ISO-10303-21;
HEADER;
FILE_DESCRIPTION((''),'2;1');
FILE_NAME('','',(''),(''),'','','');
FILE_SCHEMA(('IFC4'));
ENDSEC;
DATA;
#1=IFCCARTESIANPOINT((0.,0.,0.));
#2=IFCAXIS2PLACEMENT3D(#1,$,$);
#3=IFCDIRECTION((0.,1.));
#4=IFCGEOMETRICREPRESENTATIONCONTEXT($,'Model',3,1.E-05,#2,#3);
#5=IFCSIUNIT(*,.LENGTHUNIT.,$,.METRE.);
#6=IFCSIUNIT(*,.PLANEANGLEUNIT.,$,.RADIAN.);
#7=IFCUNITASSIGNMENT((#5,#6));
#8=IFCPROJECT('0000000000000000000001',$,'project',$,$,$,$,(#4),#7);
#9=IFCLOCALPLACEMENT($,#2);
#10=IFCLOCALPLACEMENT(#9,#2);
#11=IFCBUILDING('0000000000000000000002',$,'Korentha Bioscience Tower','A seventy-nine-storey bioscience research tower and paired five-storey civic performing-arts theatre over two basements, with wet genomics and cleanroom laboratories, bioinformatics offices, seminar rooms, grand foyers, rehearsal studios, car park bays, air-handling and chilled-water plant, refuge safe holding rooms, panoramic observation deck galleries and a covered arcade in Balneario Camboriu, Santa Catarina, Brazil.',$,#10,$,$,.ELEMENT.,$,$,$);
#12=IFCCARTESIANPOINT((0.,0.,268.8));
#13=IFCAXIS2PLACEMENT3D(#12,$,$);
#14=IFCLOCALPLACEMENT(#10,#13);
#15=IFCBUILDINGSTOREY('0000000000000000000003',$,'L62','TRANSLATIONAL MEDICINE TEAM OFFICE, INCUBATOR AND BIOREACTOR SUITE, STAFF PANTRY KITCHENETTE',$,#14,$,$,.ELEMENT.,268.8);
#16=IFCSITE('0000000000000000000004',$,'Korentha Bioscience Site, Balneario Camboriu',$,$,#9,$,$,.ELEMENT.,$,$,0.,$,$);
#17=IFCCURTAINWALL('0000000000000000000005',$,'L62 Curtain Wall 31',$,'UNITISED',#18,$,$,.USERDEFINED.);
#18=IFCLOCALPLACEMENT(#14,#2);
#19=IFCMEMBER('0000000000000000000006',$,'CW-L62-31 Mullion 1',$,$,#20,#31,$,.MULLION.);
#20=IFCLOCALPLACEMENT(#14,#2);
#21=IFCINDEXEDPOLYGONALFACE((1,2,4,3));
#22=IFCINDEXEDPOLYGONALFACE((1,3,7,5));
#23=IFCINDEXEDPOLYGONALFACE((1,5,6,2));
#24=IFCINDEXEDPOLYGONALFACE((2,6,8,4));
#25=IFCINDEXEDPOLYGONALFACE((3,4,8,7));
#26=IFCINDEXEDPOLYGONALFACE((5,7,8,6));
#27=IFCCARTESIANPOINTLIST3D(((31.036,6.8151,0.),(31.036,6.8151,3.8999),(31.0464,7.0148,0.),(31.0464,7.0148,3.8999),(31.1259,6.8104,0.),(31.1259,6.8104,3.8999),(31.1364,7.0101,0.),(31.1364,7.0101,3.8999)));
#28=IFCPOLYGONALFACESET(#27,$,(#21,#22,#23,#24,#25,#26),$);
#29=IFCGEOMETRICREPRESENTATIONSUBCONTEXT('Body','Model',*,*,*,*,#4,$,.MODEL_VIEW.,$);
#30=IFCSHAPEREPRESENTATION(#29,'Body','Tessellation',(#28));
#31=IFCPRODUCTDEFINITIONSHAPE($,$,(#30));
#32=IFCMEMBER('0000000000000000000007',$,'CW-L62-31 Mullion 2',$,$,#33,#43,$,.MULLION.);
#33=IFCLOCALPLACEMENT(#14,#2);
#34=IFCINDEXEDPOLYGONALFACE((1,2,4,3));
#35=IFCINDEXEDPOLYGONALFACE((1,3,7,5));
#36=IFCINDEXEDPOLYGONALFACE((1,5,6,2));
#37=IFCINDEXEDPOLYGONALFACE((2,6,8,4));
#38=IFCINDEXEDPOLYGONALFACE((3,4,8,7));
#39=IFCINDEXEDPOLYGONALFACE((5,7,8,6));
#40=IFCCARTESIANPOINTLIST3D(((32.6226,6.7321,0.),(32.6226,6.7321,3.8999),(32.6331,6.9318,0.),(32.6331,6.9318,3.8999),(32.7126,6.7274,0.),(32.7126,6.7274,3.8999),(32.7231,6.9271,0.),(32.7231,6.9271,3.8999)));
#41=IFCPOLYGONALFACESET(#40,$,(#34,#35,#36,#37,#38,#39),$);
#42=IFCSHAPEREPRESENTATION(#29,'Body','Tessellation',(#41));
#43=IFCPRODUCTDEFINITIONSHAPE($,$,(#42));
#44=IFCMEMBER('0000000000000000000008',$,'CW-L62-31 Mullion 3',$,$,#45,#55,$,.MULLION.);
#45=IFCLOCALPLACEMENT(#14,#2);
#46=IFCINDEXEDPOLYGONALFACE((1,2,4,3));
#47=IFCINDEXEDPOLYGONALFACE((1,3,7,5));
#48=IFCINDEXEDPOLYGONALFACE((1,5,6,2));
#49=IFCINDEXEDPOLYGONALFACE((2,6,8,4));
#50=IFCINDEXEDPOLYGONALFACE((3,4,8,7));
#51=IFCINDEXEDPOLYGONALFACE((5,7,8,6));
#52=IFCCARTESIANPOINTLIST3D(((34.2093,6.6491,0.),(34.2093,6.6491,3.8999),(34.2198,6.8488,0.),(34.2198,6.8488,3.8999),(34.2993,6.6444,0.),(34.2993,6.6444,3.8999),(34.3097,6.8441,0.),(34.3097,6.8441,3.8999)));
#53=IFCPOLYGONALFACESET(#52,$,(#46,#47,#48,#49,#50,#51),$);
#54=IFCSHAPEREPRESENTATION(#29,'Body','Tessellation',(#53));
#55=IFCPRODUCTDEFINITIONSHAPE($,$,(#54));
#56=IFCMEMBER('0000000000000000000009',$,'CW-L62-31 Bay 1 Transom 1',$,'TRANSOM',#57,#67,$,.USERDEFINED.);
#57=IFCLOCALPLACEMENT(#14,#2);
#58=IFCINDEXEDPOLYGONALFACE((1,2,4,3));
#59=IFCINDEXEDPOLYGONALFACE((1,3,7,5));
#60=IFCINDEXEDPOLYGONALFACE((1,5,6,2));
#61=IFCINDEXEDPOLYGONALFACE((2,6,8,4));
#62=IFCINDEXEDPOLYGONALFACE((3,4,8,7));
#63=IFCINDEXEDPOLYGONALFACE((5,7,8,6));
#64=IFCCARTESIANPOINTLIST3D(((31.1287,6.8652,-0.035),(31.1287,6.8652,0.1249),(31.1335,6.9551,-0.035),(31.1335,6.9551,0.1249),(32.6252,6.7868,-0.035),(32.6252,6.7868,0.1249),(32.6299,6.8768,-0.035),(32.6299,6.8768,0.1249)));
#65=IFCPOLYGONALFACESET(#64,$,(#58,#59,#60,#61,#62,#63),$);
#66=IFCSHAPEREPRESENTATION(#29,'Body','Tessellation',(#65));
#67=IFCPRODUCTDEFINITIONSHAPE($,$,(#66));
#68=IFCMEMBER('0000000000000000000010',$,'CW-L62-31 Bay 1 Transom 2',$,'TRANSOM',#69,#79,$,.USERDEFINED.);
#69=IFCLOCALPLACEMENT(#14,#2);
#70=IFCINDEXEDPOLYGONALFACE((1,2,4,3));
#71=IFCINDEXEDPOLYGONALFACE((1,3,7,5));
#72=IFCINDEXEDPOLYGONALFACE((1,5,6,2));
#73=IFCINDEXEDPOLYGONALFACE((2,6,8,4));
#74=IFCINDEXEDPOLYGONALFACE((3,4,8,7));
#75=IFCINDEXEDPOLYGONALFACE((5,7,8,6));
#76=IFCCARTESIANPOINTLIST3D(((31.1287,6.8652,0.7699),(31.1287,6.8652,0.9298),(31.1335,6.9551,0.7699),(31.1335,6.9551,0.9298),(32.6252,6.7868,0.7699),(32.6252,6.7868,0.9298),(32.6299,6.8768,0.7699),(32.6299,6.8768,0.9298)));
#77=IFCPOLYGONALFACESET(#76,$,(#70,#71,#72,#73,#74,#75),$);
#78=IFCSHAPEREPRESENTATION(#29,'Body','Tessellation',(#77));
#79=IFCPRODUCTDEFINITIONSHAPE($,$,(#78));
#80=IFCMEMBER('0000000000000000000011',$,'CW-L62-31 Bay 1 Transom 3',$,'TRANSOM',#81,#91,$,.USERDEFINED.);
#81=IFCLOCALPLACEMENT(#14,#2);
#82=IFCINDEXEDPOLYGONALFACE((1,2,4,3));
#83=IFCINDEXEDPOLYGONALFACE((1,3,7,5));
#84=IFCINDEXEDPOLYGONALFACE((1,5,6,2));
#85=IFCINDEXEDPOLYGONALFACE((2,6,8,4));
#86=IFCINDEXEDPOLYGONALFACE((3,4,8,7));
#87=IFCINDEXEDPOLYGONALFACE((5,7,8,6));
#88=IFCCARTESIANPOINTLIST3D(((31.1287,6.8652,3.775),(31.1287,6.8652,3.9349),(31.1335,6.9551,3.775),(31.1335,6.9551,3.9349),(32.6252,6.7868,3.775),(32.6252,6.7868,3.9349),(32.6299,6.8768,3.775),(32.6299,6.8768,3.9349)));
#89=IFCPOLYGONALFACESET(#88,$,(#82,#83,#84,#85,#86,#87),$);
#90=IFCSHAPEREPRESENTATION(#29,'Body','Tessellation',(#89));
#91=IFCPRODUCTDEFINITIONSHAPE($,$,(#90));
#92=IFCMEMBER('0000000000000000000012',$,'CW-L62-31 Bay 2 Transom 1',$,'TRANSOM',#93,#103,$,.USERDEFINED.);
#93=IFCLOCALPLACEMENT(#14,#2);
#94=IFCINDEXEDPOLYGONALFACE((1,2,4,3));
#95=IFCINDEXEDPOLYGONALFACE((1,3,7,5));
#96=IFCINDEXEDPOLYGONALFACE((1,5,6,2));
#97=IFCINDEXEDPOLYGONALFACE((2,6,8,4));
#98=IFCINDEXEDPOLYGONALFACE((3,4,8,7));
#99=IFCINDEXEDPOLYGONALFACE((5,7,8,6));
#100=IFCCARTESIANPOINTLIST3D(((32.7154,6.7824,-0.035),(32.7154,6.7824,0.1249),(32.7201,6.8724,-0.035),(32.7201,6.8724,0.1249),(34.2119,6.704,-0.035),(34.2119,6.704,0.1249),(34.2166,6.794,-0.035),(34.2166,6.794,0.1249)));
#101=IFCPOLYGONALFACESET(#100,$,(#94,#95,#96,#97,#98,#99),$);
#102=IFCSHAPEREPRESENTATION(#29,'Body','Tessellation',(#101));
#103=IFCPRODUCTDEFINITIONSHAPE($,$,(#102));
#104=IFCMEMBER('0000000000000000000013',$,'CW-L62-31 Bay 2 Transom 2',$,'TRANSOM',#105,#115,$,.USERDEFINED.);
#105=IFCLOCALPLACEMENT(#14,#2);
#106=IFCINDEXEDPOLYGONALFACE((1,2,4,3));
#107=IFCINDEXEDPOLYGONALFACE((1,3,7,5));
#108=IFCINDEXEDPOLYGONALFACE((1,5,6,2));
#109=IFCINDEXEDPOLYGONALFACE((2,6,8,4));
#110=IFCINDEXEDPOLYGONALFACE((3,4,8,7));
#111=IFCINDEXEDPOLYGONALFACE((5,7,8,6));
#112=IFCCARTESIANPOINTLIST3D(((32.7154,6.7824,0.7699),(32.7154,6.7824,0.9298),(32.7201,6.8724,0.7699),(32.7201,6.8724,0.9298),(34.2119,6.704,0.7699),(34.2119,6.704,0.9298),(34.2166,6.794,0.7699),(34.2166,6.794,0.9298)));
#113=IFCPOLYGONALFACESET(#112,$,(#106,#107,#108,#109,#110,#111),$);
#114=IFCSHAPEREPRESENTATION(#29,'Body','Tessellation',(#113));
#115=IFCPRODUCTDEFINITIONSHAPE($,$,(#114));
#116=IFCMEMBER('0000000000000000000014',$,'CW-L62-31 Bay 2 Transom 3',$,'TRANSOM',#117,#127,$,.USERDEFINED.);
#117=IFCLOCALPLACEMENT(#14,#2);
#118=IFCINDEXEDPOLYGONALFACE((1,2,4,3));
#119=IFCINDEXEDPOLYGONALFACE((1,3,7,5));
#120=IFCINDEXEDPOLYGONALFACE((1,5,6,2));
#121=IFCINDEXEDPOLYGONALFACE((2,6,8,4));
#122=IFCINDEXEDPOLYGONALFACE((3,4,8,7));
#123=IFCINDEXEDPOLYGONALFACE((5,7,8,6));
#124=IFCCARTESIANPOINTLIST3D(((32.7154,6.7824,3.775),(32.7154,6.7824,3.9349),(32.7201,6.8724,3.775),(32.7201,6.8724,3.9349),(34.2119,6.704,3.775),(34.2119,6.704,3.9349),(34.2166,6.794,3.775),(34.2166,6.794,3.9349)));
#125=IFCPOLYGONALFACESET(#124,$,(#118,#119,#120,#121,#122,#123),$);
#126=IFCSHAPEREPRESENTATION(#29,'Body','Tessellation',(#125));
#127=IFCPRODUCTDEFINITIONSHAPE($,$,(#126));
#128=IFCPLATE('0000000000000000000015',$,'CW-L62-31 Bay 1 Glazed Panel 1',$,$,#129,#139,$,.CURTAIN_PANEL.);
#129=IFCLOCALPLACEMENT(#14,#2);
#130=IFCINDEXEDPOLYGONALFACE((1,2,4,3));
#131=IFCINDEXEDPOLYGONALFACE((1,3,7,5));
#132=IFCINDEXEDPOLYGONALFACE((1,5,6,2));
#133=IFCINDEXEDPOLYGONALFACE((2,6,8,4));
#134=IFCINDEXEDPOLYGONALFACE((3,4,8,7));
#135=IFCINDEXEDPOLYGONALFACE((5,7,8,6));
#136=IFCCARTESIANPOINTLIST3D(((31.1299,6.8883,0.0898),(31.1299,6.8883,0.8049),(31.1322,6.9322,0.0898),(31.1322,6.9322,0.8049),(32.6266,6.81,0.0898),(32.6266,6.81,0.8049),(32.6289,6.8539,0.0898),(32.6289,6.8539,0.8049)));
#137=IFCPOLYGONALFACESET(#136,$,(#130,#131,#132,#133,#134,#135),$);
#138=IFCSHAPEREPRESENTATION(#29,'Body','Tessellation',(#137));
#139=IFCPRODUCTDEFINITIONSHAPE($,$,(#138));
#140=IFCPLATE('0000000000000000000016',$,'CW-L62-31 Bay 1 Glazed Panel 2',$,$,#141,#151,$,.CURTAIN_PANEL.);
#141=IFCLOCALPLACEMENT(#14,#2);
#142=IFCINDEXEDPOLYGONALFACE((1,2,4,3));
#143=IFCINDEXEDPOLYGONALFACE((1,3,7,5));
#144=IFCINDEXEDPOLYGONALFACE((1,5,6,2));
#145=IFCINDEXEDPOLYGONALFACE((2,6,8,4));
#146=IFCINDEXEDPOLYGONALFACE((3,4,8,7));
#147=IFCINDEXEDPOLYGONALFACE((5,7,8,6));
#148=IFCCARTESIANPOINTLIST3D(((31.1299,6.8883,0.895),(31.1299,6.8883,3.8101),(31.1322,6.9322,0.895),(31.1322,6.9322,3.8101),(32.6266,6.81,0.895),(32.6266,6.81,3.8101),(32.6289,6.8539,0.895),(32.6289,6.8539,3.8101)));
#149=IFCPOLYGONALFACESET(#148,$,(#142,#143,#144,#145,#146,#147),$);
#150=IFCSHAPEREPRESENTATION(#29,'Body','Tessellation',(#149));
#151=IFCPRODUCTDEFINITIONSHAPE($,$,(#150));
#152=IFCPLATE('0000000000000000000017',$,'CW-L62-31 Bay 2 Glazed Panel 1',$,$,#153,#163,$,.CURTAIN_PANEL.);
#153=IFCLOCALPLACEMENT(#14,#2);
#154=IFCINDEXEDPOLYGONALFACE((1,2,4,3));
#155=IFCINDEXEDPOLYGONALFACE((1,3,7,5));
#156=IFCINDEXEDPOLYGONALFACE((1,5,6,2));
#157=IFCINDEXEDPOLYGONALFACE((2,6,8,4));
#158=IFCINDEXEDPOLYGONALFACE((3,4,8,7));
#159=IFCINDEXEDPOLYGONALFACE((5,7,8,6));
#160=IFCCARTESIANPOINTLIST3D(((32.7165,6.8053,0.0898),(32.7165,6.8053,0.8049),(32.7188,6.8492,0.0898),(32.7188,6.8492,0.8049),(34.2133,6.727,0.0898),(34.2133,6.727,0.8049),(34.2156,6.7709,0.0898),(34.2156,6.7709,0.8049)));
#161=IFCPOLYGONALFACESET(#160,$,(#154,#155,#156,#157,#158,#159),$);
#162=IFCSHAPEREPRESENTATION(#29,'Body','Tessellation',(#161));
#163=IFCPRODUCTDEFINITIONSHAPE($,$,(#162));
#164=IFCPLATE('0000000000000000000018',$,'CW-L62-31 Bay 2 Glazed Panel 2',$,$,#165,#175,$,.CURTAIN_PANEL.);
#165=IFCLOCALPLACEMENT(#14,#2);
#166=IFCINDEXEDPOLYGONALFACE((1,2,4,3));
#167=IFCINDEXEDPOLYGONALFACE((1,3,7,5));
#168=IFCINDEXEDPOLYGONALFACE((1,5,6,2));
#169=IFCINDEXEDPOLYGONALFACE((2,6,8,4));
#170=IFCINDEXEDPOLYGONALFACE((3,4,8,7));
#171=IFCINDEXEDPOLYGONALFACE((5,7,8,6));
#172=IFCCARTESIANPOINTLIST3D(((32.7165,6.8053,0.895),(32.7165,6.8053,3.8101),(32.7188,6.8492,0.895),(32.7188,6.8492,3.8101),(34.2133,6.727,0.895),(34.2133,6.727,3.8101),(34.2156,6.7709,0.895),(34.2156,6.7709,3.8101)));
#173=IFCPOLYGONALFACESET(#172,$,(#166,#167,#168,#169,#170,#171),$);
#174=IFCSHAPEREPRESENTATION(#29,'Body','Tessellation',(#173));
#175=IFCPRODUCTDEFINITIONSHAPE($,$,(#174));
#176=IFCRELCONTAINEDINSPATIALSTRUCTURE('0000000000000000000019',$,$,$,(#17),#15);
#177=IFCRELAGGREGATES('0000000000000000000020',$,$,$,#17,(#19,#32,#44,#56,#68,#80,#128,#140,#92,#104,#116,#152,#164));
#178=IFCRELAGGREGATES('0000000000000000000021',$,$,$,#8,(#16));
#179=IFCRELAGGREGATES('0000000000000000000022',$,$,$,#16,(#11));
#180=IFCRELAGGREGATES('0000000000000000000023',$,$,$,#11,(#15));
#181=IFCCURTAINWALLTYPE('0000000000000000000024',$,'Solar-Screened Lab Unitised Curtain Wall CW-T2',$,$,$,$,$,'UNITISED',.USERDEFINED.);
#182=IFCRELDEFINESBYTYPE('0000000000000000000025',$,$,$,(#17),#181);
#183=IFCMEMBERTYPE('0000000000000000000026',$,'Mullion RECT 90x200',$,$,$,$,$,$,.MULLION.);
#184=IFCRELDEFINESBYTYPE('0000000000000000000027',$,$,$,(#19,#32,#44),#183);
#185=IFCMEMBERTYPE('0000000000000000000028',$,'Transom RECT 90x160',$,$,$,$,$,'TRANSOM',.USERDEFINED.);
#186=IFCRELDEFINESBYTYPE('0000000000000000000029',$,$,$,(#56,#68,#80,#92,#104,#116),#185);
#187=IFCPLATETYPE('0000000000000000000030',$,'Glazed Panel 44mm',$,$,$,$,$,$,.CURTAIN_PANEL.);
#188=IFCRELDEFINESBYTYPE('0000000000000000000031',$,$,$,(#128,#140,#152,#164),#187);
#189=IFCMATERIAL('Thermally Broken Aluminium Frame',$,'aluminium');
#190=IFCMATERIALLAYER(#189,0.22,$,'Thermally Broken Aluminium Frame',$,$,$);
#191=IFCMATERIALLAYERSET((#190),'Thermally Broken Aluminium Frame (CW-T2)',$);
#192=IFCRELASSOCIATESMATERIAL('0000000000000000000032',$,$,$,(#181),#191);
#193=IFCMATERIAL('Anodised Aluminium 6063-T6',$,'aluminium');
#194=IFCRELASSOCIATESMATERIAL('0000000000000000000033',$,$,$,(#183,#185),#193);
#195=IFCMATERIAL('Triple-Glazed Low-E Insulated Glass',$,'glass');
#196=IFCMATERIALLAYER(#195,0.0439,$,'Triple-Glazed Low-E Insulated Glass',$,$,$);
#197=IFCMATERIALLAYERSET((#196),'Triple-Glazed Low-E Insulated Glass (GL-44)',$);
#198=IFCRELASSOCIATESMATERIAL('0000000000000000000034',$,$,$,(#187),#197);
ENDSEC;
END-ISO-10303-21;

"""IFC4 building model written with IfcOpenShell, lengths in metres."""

from ifc_helpers import new_model, si_unit, direction, frame, origin, origin_2d, place, context, subcontext, project, spatial, rectangle, extrude, material, layer, layer_set, material_profile, profile_set, type_object, element, aggregate, save


model = new_model("IFC4")

# Units and contexts
model_context = context("Model", 3, precision=1e-05, world=origin(), true_north=direction((0.0, 1.0)))
body_context = subcontext(model_context, "Body", "Model", "MODEL_VIEW")
ifc_project = project(units=[si_unit("LENGTHUNIT", "METRE"), si_unit("PLANEANGLEUNIT", "RADIAN")], contexts=[model_context])

# Site, building, storey
site_placement = place(None, origin())
site = spatial("IfcSite", under=ifc_project, at=site_placement, Name="Korentha Bioscience Site, Balneario Camboriu", CompositionType="ELEMENT", RefElevation=0.0)
building_placement = place(site_placement, origin())
building = spatial("IfcBuilding", under=site, at=building_placement, Name="Korentha Bioscience Tower", Description="A seventy-nine-storey bioscience research tower and paired five-storey civic performing-arts theatre over two basements, with wet genomics and cleanroom laboratories, bioinformatics offices, seminar rooms, grand foyers, rehearsal studios, car park bays, air-handling and chilled-water plant, refuge safe holding rooms, panoramic observation deck galleries and a covered arcade in Balneario Camboriu, Santa Catarina, Brazil.", CompositionType="ELEMENT")
storey_placement = place(building_placement, frame((0.0, 0.0, 268.8)))
storey = spatial("IfcBuildingStorey", under=building, at=storey_placement, Name="L62", Description="TRANSLATIONAL MEDICINE TEAM OFFICE, INCUBATOR AND BIOREACTOR SUITE, STAFF PANTRY KITCHENETTE", CompositionType="ELEMENT", Elevation=268.8)

# Curtain wall, members, plates
ifc_material_1 = material(Name="Thermally Broken Aluminium Frame", Category="aluminium")
ifc_layer_1 = layer(ifc_material_1, 0.22, Name="Thermally Broken Aluminium Frame")
ifc_layer_set_1 = layer_set([ifc_layer_1], Name="Thermally Broken Aluminium Frame (CW-T2)")
curtain_wall_type = type_object("IfcCurtainWallType", Name="Solar-Screened Lab Unitised Curtain Wall CW-T2", ElementType="UNITISED", PredefinedType="USERDEFINED", material=ifc_layer_set_1)
curtain_wall_placement = place(storey_placement, origin())
curtain_wall = element("IfcCurtainWall", 1, at=curtain_wall_placement, inside=storey, type_object=curtain_wall_type, Name="L62 Curtain Wall 31", ObjectType="UNITISED", PredefinedType="USERDEFINED")
ifc_material_2 = material(Name="Anodised Aluminium 6063-T6", Category="aluminium")
ifc_material_profile_1 = material_profile(ifc_material_2, rectangle(XDim=0.0901, YDim=0.2, at=origin_2d()), Name="Anodised Aluminium 6063-T6")
ifc_profile_set_1 = profile_set([ifc_material_profile_1], Name="Anodised Aluminium 6063-T6 (CW-MUL)")
member_type_1 = type_object("IfcMemberType", Name="Mullion RECT 90x200", PredefinedType="MULLION", material=ifc_profile_set_1)
member_1_placement = place(storey_placement, frame((31.0862, 6.9126, 0.0), z_axis=(0.0, 0.0, 1.0), x_axis=(0.998636, -0.05221, 0.0)))
member_1 = element("IfcMember", 2, at=member_1_placement, type_object=member_type_1, Name="CW-L62-31 Mullion 1", PredefinedType="MULLION", context=body_context, shape_type="SweptSolid", body=[
    extrude(rectangle(XDim=0.0901, YDim=0.2, at=origin_2d()), origin(), (0.0, 0.0, 1.0), 3.8999),
])
member_2_placement = place(storey_placement, frame((32.6729, 6.8296, 0.0), z_axis=(0.0, 0.0, 1.0), x_axis=(0.998636, -0.05221, 0.0)))
member_2 = element("IfcMember", 3, at=member_2_placement, type_object=member_type_1, Name="CW-L62-31 Mullion 2", PredefinedType="MULLION", context=body_context, shape_type="SweptSolid", body=[
    extrude(rectangle(XDim=0.0901, YDim=0.2, at=origin_2d()), origin(), (0.0, 0.0, 1.0), 3.8999),
])
member_3_placement = place(storey_placement, frame((34.2595, 6.7466, 0.0), z_axis=(0.0, 0.0, 1.0), x_axis=(0.998636, -0.05221, 0.0)))
member_3 = element("IfcMember", 4, at=member_3_placement, type_object=member_type_1, Name="CW-L62-31 Mullion 3", PredefinedType="MULLION", context=body_context, shape_type="SweptSolid", body=[
    extrude(rectangle(XDim=0.0901, YDim=0.2, at=origin_2d()), origin(), (0.0, 0.0, 1.0), 3.8999),
])
ifc_material_profile_2 = material_profile(ifc_material_2, rectangle(XDim=0.0901, YDim=0.1599, at=origin_2d()), Name="Anodised Aluminium 6063-T6")
ifc_profile_set_2 = profile_set([ifc_material_profile_2], Name="Anodised Aluminium 6063-T6 (CW-TRN)")
member_type_2 = type_object("IfcMemberType", Name="Transom RECT 90x160", ElementType="TRANSOM", PredefinedType="USERDEFINED", material=ifc_profile_set_2)
member_4_placement = place(storey_placement, frame((31.1311, 6.9102, 0.0449), z_axis=(0.998632, -0.052294, 0.0), x_axis=(0.052294, 0.998632, 0.0)))
member_4 = element("IfcMember", 5, at=member_4_placement, type_object=member_type_2, Name="CW-L62-31 Bay 1 Transom 1", ObjectType="TRANSOM", PredefinedType="USERDEFINED", context=body_context, shape_type="SweptSolid", body=[
    extrude(rectangle(XDim=0.0901, YDim=0.1599, at=origin_2d()), origin(), (0.0, 0.0, 1.0), 1.4985),
])
member_5_placement = place(storey_placement, frame((31.1311, 6.9102, 0.8499), z_axis=(0.998632, -0.052294, 0.0), x_axis=(0.052294, 0.998632, 0.0)))
member_5 = element("IfcMember", 6, at=member_5_placement, type_object=member_type_2, Name="CW-L62-31 Bay 1 Transom 2", ObjectType="TRANSOM", PredefinedType="USERDEFINED", context=body_context, shape_type="SweptSolid", body=[
    extrude(rectangle(XDim=0.0901, YDim=0.1599, at=origin_2d()), origin(), (0.0, 0.0, 1.0), 1.4985),
])
member_6_placement = place(storey_placement, frame((31.1311, 6.9102, 3.855), z_axis=(0.998632, -0.052294, 0.0), x_axis=(0.052294, 0.998632, 0.0)))
member_6 = element("IfcMember", 7, at=member_6_placement, type_object=member_type_2, Name="CW-L62-31 Bay 1 Transom 3", ObjectType="TRANSOM", PredefinedType="USERDEFINED", context=body_context, shape_type="SweptSolid", body=[
    extrude(rectangle(XDim=0.0901, YDim=0.1599, at=origin_2d()), origin(), (0.0, 0.0, 1.0), 1.4985),
])
member_7_placement = place(storey_placement, frame((32.7178, 6.8274, 0.0449), z_axis=(0.998632, -0.052294, 0.0), x_axis=(0.052294, 0.998632, 0.0)))
member_7 = element("IfcMember", 8, at=member_7_placement, type_object=member_type_2, Name="CW-L62-31 Bay 2 Transom 1", ObjectType="TRANSOM", PredefinedType="USERDEFINED", context=body_context, shape_type="SweptSolid", body=[
    extrude(rectangle(XDim=0.0901, YDim=0.1599, at=origin_2d()), origin(), (0.0, 0.0, 1.0), 1.4985),
])
member_8_placement = place(storey_placement, frame((32.7178, 6.8274, 0.8499), z_axis=(0.998632, -0.052294, 0.0), x_axis=(0.052294, 0.998632, 0.0)))
member_8 = element("IfcMember", 9, at=member_8_placement, type_object=member_type_2, Name="CW-L62-31 Bay 2 Transom 2", ObjectType="TRANSOM", PredefinedType="USERDEFINED", context=body_context, shape_type="SweptSolid", body=[
    extrude(rectangle(XDim=0.0901, YDim=0.1599, at=origin_2d()), origin(), (0.0, 0.0, 1.0), 1.4985),
])
member_9_placement = place(storey_placement, frame((32.7178, 6.8274, 3.855), z_axis=(0.998632, -0.052294, 0.0), x_axis=(0.052294, 0.998632, 0.0)))
member_9 = element("IfcMember", 10, at=member_9_placement, type_object=member_type_2, Name="CW-L62-31 Bay 2 Transom 3", ObjectType="TRANSOM", PredefinedType="USERDEFINED", context=body_context, shape_type="SweptSolid", body=[
    extrude(rectangle(XDim=0.0901, YDim=0.1599, at=origin_2d()), origin(), (0.0, 0.0, 1.0), 1.4985),
])
ifc_material_3 = material(Name="Triple-Glazed Low-E Insulated Glass", Category="glass")
ifc_layer_2 = layer(ifc_material_3, 0.0439, Name="Triple-Glazed Low-E Insulated Glass")
ifc_layer_set_2 = layer_set([ifc_layer_2], Name="Triple-Glazed Low-E Insulated Glass (GL-44)")
plate_type = type_object("IfcPlateType", Name="Glazed Panel 44mm", PredefinedType="CURTAIN_PANEL", material=ifc_layer_set_2)
plate_1_placement = place(storey_placement, frame((31.8794, 6.8711, 0.0898), z_axis=(0.0, 0.0, 1.0), x_axis=(0.998636, -0.05221, 0.0)))
plate_1 = element("IfcPlate", 11, at=plate_1_placement, type_object=plate_type, Name="CW-L62-31 Bay 1 Glazed Panel 1", PredefinedType="CURTAIN_PANEL", context=body_context, shape_type="SweptSolid", body=[
    extrude(rectangle(XDim=1.4988, YDim=0.0439, at=origin_2d()), origin(), (0.0, 0.0, 1.0), 0.7151),
])
plate_2_placement = place(storey_placement, frame((31.8794, 6.8711, 0.895), z_axis=(0.0, 0.0, 1.0), x_axis=(0.998636, -0.05221, 0.0)))
plate_2 = element("IfcPlate", 12, at=plate_2_placement, type_object=plate_type, Name="CW-L62-31 Bay 1 Glazed Panel 2", PredefinedType="CURTAIN_PANEL", context=body_context, shape_type="SweptSolid", body=[
    extrude(rectangle(XDim=1.4988, YDim=0.0439, at=origin_2d()), origin(), (0.0, 0.0, 1.0), 2.915),
])
plate_3_placement = place(storey_placement, frame((33.4661, 6.7881, 0.0898), z_axis=(0.0, 0.0, 1.0), x_axis=(0.998636, -0.05221, 0.0)))
plate_3 = element("IfcPlate", 13, at=plate_3_placement, type_object=plate_type, Name="CW-L62-31 Bay 2 Glazed Panel 1", PredefinedType="CURTAIN_PANEL", context=body_context, shape_type="SweptSolid", body=[
    extrude(rectangle(XDim=1.4988, YDim=0.0439, at=origin_2d()), origin(), (0.0, 0.0, 1.0), 0.7151),
])
plate_4_placement = place(storey_placement, frame((33.4661, 6.7881, 0.895), z_axis=(0.0, 0.0, 1.0), x_axis=(0.998636, -0.05221, 0.0)))
plate_4 = element("IfcPlate", 14, at=plate_4_placement, type_object=plate_type, Name="CW-L62-31 Bay 2 Glazed Panel 2", PredefinedType="CURTAIN_PANEL", context=body_context, shape_type="SweptSolid", body=[
    extrude(rectangle(XDim=1.4988, YDim=0.0439, at=origin_2d()), origin(), (0.0, 0.0, 1.0), 2.915),
])
aggregate(curtain_wall, [member_1, member_2, member_3, member_4, member_5, member_6, plate_1, plate_2, member_7, member_8, member_9, plate_3, plate_4])

save(model, "model.ifc")
